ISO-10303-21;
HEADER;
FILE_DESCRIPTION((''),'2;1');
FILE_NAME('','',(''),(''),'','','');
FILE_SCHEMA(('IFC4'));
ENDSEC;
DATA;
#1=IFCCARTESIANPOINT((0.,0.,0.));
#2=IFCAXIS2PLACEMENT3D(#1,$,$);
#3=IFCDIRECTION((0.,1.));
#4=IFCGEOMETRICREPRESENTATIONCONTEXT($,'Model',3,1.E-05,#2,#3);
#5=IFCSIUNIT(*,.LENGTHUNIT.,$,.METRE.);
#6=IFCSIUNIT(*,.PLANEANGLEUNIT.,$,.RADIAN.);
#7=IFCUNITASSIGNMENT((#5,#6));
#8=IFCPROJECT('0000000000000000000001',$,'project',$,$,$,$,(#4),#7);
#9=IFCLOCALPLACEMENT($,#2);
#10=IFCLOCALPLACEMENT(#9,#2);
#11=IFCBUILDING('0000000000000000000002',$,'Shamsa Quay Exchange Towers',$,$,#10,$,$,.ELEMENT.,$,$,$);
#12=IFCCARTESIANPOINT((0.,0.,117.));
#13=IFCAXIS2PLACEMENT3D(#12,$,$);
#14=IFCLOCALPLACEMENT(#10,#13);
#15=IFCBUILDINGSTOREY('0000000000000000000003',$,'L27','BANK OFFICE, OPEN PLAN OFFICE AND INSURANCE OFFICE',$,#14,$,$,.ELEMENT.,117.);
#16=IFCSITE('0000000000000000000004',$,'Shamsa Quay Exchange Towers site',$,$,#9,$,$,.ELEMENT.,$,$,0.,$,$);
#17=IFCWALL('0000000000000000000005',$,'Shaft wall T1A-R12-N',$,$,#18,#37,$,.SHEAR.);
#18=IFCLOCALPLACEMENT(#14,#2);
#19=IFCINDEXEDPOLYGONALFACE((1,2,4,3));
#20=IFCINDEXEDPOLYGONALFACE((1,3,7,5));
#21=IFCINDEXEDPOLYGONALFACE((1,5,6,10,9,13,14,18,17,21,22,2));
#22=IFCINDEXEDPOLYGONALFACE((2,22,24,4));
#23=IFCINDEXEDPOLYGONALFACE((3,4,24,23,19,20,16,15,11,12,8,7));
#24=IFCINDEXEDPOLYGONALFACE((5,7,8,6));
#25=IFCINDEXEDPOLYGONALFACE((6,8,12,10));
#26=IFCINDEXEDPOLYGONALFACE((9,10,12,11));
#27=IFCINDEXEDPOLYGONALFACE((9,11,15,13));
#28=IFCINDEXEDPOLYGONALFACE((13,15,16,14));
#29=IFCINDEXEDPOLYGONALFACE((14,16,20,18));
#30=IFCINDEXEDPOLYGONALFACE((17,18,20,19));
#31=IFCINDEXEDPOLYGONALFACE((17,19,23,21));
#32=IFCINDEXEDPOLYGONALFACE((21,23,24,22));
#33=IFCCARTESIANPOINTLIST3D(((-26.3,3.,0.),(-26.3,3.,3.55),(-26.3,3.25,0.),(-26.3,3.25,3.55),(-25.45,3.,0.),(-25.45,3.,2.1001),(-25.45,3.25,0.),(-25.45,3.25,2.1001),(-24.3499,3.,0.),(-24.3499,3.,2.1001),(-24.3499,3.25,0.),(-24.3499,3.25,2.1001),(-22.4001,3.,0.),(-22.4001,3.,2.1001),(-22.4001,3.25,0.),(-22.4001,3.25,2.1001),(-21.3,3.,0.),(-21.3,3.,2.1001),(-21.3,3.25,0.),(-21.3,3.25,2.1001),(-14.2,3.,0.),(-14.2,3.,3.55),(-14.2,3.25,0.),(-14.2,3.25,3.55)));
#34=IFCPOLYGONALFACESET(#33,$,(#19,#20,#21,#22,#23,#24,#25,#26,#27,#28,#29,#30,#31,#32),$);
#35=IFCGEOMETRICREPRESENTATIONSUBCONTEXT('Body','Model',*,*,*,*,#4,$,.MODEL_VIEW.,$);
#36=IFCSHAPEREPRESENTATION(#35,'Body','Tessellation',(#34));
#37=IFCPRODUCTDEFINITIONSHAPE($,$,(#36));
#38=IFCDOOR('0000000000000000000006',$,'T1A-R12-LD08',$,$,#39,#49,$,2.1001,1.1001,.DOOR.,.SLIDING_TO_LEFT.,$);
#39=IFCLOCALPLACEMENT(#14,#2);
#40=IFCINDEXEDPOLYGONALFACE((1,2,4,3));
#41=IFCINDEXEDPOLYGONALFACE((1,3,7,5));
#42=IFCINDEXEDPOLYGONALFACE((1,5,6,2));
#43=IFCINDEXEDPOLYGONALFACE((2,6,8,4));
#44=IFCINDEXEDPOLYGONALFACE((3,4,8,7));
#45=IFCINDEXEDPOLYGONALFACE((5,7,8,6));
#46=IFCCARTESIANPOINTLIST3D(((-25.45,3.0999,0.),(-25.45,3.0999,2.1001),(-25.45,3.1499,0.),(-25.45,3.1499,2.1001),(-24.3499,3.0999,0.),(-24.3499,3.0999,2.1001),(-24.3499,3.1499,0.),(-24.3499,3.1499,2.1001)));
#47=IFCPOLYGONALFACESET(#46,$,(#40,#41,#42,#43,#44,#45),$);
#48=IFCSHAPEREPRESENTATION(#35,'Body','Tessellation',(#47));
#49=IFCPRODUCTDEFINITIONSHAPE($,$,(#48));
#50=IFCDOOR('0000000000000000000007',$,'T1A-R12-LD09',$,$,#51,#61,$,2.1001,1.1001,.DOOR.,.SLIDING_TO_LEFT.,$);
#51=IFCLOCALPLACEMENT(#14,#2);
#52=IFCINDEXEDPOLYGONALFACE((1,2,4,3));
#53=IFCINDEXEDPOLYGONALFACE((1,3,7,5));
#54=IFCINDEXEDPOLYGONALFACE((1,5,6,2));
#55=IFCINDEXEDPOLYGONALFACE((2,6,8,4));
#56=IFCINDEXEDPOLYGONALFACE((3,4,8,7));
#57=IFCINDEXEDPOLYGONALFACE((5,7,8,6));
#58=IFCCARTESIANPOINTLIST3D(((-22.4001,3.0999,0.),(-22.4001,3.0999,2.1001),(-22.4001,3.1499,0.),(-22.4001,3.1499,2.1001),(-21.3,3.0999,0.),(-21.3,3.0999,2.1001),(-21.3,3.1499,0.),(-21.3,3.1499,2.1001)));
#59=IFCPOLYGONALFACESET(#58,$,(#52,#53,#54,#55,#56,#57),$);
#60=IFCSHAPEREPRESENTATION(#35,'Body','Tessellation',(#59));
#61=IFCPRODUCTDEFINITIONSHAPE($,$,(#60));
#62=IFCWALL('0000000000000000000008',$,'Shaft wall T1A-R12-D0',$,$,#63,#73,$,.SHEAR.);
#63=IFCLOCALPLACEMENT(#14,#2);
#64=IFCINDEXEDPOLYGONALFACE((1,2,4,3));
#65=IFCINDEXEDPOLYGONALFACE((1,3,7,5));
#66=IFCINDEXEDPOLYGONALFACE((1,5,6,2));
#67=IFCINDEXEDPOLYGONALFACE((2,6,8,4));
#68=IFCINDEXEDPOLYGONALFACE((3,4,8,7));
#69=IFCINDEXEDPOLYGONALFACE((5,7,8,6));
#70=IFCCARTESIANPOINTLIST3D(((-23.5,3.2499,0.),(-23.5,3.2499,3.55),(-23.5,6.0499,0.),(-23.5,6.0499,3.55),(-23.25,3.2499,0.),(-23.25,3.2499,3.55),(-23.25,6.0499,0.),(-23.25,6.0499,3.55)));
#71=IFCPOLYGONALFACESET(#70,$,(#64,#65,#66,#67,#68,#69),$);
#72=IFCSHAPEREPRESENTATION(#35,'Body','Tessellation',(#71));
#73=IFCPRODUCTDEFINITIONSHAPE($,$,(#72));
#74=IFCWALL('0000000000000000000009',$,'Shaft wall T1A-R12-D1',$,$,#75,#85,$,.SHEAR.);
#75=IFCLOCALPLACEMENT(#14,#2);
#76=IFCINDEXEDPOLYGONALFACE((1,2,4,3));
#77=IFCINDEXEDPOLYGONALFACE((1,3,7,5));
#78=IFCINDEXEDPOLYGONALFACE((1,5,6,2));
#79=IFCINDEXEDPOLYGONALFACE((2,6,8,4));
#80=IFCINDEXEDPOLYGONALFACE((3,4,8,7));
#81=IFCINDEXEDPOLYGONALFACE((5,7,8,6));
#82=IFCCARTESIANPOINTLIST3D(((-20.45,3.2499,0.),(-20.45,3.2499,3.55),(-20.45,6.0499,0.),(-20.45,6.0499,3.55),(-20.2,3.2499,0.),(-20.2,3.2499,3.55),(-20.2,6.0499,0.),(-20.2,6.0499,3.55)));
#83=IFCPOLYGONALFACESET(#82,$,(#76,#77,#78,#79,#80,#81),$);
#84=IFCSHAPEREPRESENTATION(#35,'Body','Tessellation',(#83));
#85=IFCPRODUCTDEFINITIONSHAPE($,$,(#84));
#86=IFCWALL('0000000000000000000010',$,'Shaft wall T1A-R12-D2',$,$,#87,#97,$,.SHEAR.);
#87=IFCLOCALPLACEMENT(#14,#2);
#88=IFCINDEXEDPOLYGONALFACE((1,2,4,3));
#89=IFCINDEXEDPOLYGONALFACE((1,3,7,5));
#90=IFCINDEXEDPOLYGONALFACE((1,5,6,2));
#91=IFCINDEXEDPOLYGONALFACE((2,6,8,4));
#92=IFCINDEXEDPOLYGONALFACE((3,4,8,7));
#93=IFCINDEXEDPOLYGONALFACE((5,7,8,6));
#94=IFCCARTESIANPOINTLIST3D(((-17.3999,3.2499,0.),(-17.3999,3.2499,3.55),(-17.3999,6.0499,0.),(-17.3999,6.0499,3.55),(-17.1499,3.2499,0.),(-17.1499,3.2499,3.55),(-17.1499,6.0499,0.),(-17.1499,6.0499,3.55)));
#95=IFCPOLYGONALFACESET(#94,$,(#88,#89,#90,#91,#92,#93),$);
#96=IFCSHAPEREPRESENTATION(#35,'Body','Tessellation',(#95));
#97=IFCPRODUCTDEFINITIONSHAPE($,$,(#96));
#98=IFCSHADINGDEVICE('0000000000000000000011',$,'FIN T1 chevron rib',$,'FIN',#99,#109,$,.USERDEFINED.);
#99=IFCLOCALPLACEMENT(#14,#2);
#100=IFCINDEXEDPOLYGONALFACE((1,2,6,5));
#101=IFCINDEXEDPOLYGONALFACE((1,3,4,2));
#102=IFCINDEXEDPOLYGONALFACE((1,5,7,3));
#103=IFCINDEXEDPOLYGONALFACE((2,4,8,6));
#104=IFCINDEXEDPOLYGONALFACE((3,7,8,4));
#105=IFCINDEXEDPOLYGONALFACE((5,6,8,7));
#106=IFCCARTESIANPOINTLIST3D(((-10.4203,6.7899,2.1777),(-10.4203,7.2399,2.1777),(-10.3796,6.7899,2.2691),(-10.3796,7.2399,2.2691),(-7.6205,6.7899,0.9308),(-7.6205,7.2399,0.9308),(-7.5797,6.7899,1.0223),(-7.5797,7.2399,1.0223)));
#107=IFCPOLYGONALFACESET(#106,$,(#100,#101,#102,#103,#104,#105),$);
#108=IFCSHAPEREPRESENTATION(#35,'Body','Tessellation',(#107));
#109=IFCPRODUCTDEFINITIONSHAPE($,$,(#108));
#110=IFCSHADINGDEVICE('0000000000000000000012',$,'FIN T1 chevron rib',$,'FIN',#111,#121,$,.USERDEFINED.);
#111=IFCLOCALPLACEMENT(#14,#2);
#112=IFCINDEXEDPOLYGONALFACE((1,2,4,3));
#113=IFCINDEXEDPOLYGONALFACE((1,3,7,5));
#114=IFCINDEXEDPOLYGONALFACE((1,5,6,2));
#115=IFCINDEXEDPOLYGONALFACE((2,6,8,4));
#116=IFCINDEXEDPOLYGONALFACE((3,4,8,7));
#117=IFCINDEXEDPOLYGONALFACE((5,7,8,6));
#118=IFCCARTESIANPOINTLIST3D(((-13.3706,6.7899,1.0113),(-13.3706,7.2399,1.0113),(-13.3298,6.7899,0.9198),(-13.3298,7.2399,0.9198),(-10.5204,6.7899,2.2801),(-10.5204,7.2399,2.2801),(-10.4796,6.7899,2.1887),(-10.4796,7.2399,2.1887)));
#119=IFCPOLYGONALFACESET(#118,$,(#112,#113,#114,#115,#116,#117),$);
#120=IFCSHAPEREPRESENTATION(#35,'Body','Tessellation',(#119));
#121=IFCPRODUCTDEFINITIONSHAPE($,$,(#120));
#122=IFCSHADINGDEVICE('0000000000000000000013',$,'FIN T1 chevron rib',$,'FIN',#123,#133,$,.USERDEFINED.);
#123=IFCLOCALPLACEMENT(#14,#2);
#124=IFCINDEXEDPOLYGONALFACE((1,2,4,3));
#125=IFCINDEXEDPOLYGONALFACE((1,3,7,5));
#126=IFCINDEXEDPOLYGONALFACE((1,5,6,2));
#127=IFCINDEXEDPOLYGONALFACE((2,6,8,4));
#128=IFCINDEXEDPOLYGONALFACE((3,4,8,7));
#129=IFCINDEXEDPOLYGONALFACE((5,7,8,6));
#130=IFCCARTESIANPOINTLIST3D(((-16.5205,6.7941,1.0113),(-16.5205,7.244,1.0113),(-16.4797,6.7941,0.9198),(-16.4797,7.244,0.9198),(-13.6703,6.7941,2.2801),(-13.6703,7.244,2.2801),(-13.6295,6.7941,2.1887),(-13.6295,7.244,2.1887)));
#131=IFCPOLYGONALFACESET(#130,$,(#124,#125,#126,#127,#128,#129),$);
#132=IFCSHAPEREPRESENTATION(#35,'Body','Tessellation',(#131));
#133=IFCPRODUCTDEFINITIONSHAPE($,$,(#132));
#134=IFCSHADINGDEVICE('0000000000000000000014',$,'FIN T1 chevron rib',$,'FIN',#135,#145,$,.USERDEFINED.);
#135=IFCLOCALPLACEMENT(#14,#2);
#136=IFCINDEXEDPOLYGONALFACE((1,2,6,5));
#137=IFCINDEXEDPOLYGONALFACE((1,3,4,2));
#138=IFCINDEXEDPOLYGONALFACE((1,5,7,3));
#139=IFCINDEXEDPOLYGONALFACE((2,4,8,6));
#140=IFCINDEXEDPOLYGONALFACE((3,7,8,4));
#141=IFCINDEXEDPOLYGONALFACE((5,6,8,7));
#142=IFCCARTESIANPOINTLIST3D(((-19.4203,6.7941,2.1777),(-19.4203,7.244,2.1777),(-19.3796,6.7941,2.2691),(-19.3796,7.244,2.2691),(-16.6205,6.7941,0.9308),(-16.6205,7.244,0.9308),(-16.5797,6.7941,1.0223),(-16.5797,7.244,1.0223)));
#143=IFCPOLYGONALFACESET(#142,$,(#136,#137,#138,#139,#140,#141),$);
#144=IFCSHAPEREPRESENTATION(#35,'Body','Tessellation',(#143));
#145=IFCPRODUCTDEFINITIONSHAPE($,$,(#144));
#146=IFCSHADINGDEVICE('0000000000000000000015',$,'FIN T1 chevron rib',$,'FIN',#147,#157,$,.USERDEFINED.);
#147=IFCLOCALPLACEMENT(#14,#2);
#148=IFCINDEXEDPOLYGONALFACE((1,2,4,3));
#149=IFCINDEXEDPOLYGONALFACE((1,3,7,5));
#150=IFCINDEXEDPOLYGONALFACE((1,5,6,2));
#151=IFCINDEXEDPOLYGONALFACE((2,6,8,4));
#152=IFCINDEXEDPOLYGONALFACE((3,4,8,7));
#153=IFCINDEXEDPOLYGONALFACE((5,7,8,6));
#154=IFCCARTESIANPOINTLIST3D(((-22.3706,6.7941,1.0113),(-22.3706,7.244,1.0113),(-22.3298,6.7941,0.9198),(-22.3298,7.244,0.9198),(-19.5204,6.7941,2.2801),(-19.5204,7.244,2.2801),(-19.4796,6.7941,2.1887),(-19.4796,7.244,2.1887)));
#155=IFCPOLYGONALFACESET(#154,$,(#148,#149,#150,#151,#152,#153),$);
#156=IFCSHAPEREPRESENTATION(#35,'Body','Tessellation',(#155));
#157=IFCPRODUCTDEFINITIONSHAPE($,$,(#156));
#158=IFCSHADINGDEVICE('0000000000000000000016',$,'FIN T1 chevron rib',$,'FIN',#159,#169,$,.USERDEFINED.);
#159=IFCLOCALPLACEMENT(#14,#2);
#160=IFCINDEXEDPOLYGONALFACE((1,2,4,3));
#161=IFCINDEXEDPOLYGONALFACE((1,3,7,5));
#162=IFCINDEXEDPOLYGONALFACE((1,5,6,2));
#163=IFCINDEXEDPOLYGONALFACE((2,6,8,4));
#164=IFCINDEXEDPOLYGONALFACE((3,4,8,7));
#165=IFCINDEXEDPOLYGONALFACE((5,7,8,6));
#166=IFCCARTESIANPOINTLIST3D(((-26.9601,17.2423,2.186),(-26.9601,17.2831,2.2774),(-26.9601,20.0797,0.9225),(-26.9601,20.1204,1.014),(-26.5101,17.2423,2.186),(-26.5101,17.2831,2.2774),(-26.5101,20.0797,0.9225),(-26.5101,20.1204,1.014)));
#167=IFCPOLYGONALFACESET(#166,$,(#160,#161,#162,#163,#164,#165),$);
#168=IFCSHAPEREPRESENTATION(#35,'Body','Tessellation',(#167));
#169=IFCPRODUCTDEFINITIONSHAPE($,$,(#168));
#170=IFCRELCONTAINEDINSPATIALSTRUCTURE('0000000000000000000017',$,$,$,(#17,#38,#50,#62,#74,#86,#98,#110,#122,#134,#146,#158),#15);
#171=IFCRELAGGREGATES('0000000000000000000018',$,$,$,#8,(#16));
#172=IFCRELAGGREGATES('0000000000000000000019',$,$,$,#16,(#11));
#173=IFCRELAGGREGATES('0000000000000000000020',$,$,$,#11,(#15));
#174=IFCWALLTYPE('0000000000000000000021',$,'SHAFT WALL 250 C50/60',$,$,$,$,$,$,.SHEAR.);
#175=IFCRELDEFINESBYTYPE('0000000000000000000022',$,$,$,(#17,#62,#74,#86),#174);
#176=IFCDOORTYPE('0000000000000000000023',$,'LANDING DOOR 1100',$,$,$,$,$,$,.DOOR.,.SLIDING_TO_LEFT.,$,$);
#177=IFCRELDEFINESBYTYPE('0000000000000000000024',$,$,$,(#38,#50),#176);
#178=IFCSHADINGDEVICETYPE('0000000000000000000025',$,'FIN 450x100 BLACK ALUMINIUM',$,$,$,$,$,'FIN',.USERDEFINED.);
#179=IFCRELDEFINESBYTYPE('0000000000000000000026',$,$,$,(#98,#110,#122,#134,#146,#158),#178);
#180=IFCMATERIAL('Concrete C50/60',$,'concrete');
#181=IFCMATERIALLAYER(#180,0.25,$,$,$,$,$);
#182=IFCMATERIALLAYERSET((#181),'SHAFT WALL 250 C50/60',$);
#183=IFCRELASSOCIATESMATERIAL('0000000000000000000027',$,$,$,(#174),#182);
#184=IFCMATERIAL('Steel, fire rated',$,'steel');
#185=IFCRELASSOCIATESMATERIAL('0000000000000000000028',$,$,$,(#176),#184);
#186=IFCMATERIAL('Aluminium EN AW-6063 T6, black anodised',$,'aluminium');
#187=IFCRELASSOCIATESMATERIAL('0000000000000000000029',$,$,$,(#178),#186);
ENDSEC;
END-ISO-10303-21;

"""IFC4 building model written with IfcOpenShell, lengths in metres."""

from ifc_helpers import new_model, si_unit, direction, frame, frame_2d, origin, origin_2d, place, context, subcontext, project, spatial, rectangle, extrude, material, layer, layer_set, material_profile, profile_set, type_object, element, fill, save


model = new_model("IFC4")

# Units and contexts
model_context = context("Model", 3, precision=1e-05, world=origin(), true_north=direction((0.0, 1.0)))
body_context = subcontext(model_context, "Body", "Model", "MODEL_VIEW")
ifc_project = project(units=[si_unit("LENGTHUNIT", "METRE"), si_unit("PLANEANGLEUNIT", "RADIAN")], contexts=[model_context])

# Site, building, storey
site_placement = place(None, origin())
site = spatial("IfcSite", under=ifc_project, at=site_placement, Name="Shamsa Quay Exchange Towers site", CompositionType="ELEMENT", RefElevation=0.0)
building_placement = place(site_placement, origin())
building = spatial("IfcBuilding", under=site, at=building_placement, Name="Shamsa Quay Exchange Towers", CompositionType="ELEMENT")
storey_placement = place(building_placement, frame((0.0, 0.0, 117.0)))
storey = spatial("IfcBuildingStorey", under=building, at=storey_placement, Name="L27", Description="BANK OFFICE, OPEN PLAN OFFICE AND INSURANCE OFFICE", CompositionType="ELEMENT", Elevation=117.0)

# Shared definitions
ifc_material_1 = material(Name="Aluminium EN AW-6063 T6, black anodised", Category="aluminium")

# Shared definitions
ifc_material_2 = material(Name="Steel, fire rated", Category="steel")

# Wall, openings, doors
ifc_material_3 = material(Name="Concrete C50/60", Category="concrete")
ifc_layer_1 = layer(ifc_material_3, 0.25)
ifc_layer_set_1 = layer_set([ifc_layer_1], Name="SHAFT WALL 250 C50/60")
wall_type_1 = type_object("IfcWallType", Name="SHAFT WALL 250 C50/60", PredefinedType="SHEAR", material=ifc_layer_set_1)
wall_1_placement = place(storey_placement, frame((-26.3, 3.125, 0.0)))
wall_1 = element("IfcWall", 1, at=wall_1_placement, inside=storey, type_object=wall_type_1, Name="Shaft wall T1A-R12-N", PredefinedType="SHEAR", context=body_context, shape_type="SweptSolid", body=[
    extrude(rectangle(XDim=12.1001, YDim=0.25, at=frame_2d((6.05, 0.0))), origin(), (0.0, 0.0, 1.0), 3.55),
])
opening_1_placement = place(wall_1_placement, frame((0.8501, 0.0, 0.0)))
opening_1 = element("IfcOpeningElement", 2, at=opening_1_placement, cuts=wall_1, PredefinedType="OPENING", context=body_context, shape_type="SweptSolid", body=[
    extrude(rectangle(XDim=1.1001, YDim=2.1001, at=frame_2d((0.55, 1.05))), frame((0.0, 0.135, 0.0), z_axis=(0.0, -1.0, 0.0), x_axis=(1.0, 0.0, 0.0)), (0.0, 0.0, 1.0), 0.27),
])
opening_2_placement = place(wall_1_placement, frame((3.8999, 0.0, 0.0)))
opening_2 = element("IfcOpeningElement", 3, at=opening_2_placement, cuts=wall_1, PredefinedType="OPENING", context=body_context, shape_type="SweptSolid", body=[
    extrude(rectangle(XDim=1.1001, YDim=2.1001, at=frame_2d((0.55, 1.05))), frame((0.0, 0.135, 0.0), z_axis=(0.0, -1.0, 0.0), x_axis=(1.0, 0.0, 0.0)), (0.0, 0.0, 1.0), 0.27),
])
door_type_1 = type_object("IfcDoorType", Name="LANDING DOOR 1100", OperationType="SLIDING_TO_LEFT", PredefinedType="DOOR", material=ifc_material_2)
door_1_placement = place(opening_1_placement, origin())
door_1 = element("IfcDoor", 4, at=door_1_placement, inside=storey, type_object=door_type_1, Name="T1A-R12-LD08", OperationType="SLIDING_TO_LEFT", OverallHeight=2.1001, OverallWidth=1.1001, PredefinedType="DOOR", context=body_context, shape_type="SweptSolid", body=[
    extrude(rectangle(XDim=1.1001, YDim=2.1001, at=frame_2d((0.55, 1.05))), frame((0.0, 0.0249, 0.0), z_axis=(0.0, -1.0, 0.0), x_axis=(1.0, 0.0, 0.0)), (0.0, 0.0, 1.0), 0.05),
])
fill(opening_1, door_1)
door_2_placement = place(opening_2_placement, origin())
door_2 = element("IfcDoor", 5, at=door_2_placement, inside=storey, type_object=door_type_1, Name="T1A-R12-LD09", OperationType="SLIDING_TO_LEFT", OverallHeight=2.1001, OverallWidth=1.1001, PredefinedType="DOOR", context=body_context, shape_type="SweptSolid", body=[
    extrude(rectangle(XDim=1.1001, YDim=2.1001, at=frame_2d((0.55, 1.05))), frame((0.0, 0.0249, 0.0), z_axis=(0.0, -1.0, 0.0), x_axis=(1.0, 0.0, 0.0)), (0.0, 0.0, 1.0), 0.05),
])
fill(opening_2, door_2)

# Walls
for number, where, z_axis, x_axis, name in (
    (6, (-23.375, 3.25, 0.0), (0.0, 0.0, 1.0), (0.0, 1.0, 0.0), "Shaft wall T1A-R12-D0"),
    (7, (-20.325, 3.25, 0.0), (0.0, 0.0, 1.0), (0.0, 1.0, 0.0), "Shaft wall T1A-R12-D1"),
    (8, (-17.2749, 3.25, 0.0), (0.0, 0.0, 1.0), (0.0, 1.0, 0.0), "Shaft wall T1A-R12-D2"),
):
    element("IfcWall", number, at=place(storey_placement, frame(where, z_axis=z_axis, x_axis=x_axis)), inside=storey, type_object=wall_type_1, Name=name, PredefinedType="SHEAR", context=body_context, shape_type="SweptSolid", body=[
        extrude(rectangle(XDim=2.8, YDim=0.25, at=frame_2d((1.3999, 0.0))), origin(), (0.0, 0.0, 1.0), 3.55),
    ])

# Shading devices
ifc_material_profile_1 = material_profile(ifc_material_1, rectangle(XDim=0.45, YDim=0.1001, at=origin_2d()), Name="FIN450x100")
ifc_profile_set_1 = profile_set([ifc_material_profile_1], Name="Aluminium EN AW-6063 T6, black anodised")
shading_device_type = type_object("IfcShadingDeviceType", Name="FIN 450x100 BLACK ALUMINIUM", ElementType="FIN", PredefinedType="USERDEFINED", material=ifc_profile_set_1)
shading_device_1_placement = place(storey_placement, frame((-7.6001, 7.0149, 0.9766), z_axis=(-0.913512, 0.0, 0.406811), x_axis=(0.0, -1.0, 0.0)))
element("IfcShadingDevice", 9, at=shading_device_1_placement, inside=storey, type_object=shading_device_type, Name="FIN T1 chevron rib", ObjectType="FIN", PredefinedType="USERDEFINED", context=body_context, shape_type="SweptSolid", body=[
    extrude(rectangle(XDim=0.45, YDim=0.1001, at=origin_2d()), origin(), (0.0, 0.0, 1.0), 3.0649),
])
for number, where, z_axis, x_axis, name in (
    (10, (-10.5, 7.0149, 2.2344), (-0.913563, 0.0, -0.406697), (0.0, -1.0, 0.0), "FIN T1 chevron rib"),
    (11, (-13.6499, 7.019, 2.2344), (-0.913563, 0.0, -0.406697), (0.0, -1.0, 0.0), "FIN T1 chevron rib"),
):
    element("IfcShadingDevice", number, at=place(storey_placement, frame(where, z_axis=z_axis, x_axis=x_axis)), inside=storey, type_object=shading_device_type, Name=name, ObjectType="FIN", PredefinedType="USERDEFINED", context=body_context, shape_type="SweptSolid", body=[
        extrude(rectangle(XDim=0.45, YDim=0.1001, at=origin_2d()), origin(), (0.0, 0.0, 1.0), 3.1199),
    ])
shading_device_2_placement = place(storey_placement, frame((-16.6001, 7.019, 0.9766), z_axis=(-0.913512, 0.0, 0.406811), x_axis=(0.0, -1.0, 0.0)))
element("IfcShadingDevice", 12, at=shading_device_2_placement, inside=storey, type_object=shading_device_type, Name="FIN T1 chevron rib", ObjectType="FIN", PredefinedType="USERDEFINED", context=body_context, shape_type="SweptSolid", body=[
    extrude(rectangle(XDim=0.45, YDim=0.1001, at=origin_2d()), origin(), (0.0, 0.0, 1.0), 3.0649),
])
shading_device_3_placement = place(storey_placement, frame((-19.5, 7.019, 2.2344), z_axis=(-0.913563, 0.0, -0.406697), x_axis=(0.0, -1.0, 0.0)))
element("IfcShadingDevice", 13, at=shading_device_3_placement, inside=storey, type_object=shading_device_type, Name="FIN T1 chevron rib", ObjectType="FIN", PredefinedType="USERDEFINED", context=body_context, shape_type="SweptSolid", body=[
    extrude(rectangle(XDim=0.45, YDim=0.1001, at=origin_2d()), origin(), (0.0, 0.0, 1.0), 3.1199),
])
shading_device_4_placement = place(storey_placement, frame((-26.7351, 17.2627, 2.2317), z_axis=(0.0, 0.913529, -0.406773), x_axis=(-1.0, 0.0, 0.0)))
element("IfcShadingDevice", 14, at=shading_device_4_placement, inside=storey, type_object=shading_device_type, Name="FIN T1 chevron rib", ObjectType="FIN", PredefinedType="USERDEFINED", context=body_context, shape_type="SweptSolid", body=[
    extrude(rectangle(XDim=0.45, YDim=0.1001, at=origin_2d()), origin(), (0.0, 0.0, 1.0), 3.106),
])

save(model, "model.ifc")
